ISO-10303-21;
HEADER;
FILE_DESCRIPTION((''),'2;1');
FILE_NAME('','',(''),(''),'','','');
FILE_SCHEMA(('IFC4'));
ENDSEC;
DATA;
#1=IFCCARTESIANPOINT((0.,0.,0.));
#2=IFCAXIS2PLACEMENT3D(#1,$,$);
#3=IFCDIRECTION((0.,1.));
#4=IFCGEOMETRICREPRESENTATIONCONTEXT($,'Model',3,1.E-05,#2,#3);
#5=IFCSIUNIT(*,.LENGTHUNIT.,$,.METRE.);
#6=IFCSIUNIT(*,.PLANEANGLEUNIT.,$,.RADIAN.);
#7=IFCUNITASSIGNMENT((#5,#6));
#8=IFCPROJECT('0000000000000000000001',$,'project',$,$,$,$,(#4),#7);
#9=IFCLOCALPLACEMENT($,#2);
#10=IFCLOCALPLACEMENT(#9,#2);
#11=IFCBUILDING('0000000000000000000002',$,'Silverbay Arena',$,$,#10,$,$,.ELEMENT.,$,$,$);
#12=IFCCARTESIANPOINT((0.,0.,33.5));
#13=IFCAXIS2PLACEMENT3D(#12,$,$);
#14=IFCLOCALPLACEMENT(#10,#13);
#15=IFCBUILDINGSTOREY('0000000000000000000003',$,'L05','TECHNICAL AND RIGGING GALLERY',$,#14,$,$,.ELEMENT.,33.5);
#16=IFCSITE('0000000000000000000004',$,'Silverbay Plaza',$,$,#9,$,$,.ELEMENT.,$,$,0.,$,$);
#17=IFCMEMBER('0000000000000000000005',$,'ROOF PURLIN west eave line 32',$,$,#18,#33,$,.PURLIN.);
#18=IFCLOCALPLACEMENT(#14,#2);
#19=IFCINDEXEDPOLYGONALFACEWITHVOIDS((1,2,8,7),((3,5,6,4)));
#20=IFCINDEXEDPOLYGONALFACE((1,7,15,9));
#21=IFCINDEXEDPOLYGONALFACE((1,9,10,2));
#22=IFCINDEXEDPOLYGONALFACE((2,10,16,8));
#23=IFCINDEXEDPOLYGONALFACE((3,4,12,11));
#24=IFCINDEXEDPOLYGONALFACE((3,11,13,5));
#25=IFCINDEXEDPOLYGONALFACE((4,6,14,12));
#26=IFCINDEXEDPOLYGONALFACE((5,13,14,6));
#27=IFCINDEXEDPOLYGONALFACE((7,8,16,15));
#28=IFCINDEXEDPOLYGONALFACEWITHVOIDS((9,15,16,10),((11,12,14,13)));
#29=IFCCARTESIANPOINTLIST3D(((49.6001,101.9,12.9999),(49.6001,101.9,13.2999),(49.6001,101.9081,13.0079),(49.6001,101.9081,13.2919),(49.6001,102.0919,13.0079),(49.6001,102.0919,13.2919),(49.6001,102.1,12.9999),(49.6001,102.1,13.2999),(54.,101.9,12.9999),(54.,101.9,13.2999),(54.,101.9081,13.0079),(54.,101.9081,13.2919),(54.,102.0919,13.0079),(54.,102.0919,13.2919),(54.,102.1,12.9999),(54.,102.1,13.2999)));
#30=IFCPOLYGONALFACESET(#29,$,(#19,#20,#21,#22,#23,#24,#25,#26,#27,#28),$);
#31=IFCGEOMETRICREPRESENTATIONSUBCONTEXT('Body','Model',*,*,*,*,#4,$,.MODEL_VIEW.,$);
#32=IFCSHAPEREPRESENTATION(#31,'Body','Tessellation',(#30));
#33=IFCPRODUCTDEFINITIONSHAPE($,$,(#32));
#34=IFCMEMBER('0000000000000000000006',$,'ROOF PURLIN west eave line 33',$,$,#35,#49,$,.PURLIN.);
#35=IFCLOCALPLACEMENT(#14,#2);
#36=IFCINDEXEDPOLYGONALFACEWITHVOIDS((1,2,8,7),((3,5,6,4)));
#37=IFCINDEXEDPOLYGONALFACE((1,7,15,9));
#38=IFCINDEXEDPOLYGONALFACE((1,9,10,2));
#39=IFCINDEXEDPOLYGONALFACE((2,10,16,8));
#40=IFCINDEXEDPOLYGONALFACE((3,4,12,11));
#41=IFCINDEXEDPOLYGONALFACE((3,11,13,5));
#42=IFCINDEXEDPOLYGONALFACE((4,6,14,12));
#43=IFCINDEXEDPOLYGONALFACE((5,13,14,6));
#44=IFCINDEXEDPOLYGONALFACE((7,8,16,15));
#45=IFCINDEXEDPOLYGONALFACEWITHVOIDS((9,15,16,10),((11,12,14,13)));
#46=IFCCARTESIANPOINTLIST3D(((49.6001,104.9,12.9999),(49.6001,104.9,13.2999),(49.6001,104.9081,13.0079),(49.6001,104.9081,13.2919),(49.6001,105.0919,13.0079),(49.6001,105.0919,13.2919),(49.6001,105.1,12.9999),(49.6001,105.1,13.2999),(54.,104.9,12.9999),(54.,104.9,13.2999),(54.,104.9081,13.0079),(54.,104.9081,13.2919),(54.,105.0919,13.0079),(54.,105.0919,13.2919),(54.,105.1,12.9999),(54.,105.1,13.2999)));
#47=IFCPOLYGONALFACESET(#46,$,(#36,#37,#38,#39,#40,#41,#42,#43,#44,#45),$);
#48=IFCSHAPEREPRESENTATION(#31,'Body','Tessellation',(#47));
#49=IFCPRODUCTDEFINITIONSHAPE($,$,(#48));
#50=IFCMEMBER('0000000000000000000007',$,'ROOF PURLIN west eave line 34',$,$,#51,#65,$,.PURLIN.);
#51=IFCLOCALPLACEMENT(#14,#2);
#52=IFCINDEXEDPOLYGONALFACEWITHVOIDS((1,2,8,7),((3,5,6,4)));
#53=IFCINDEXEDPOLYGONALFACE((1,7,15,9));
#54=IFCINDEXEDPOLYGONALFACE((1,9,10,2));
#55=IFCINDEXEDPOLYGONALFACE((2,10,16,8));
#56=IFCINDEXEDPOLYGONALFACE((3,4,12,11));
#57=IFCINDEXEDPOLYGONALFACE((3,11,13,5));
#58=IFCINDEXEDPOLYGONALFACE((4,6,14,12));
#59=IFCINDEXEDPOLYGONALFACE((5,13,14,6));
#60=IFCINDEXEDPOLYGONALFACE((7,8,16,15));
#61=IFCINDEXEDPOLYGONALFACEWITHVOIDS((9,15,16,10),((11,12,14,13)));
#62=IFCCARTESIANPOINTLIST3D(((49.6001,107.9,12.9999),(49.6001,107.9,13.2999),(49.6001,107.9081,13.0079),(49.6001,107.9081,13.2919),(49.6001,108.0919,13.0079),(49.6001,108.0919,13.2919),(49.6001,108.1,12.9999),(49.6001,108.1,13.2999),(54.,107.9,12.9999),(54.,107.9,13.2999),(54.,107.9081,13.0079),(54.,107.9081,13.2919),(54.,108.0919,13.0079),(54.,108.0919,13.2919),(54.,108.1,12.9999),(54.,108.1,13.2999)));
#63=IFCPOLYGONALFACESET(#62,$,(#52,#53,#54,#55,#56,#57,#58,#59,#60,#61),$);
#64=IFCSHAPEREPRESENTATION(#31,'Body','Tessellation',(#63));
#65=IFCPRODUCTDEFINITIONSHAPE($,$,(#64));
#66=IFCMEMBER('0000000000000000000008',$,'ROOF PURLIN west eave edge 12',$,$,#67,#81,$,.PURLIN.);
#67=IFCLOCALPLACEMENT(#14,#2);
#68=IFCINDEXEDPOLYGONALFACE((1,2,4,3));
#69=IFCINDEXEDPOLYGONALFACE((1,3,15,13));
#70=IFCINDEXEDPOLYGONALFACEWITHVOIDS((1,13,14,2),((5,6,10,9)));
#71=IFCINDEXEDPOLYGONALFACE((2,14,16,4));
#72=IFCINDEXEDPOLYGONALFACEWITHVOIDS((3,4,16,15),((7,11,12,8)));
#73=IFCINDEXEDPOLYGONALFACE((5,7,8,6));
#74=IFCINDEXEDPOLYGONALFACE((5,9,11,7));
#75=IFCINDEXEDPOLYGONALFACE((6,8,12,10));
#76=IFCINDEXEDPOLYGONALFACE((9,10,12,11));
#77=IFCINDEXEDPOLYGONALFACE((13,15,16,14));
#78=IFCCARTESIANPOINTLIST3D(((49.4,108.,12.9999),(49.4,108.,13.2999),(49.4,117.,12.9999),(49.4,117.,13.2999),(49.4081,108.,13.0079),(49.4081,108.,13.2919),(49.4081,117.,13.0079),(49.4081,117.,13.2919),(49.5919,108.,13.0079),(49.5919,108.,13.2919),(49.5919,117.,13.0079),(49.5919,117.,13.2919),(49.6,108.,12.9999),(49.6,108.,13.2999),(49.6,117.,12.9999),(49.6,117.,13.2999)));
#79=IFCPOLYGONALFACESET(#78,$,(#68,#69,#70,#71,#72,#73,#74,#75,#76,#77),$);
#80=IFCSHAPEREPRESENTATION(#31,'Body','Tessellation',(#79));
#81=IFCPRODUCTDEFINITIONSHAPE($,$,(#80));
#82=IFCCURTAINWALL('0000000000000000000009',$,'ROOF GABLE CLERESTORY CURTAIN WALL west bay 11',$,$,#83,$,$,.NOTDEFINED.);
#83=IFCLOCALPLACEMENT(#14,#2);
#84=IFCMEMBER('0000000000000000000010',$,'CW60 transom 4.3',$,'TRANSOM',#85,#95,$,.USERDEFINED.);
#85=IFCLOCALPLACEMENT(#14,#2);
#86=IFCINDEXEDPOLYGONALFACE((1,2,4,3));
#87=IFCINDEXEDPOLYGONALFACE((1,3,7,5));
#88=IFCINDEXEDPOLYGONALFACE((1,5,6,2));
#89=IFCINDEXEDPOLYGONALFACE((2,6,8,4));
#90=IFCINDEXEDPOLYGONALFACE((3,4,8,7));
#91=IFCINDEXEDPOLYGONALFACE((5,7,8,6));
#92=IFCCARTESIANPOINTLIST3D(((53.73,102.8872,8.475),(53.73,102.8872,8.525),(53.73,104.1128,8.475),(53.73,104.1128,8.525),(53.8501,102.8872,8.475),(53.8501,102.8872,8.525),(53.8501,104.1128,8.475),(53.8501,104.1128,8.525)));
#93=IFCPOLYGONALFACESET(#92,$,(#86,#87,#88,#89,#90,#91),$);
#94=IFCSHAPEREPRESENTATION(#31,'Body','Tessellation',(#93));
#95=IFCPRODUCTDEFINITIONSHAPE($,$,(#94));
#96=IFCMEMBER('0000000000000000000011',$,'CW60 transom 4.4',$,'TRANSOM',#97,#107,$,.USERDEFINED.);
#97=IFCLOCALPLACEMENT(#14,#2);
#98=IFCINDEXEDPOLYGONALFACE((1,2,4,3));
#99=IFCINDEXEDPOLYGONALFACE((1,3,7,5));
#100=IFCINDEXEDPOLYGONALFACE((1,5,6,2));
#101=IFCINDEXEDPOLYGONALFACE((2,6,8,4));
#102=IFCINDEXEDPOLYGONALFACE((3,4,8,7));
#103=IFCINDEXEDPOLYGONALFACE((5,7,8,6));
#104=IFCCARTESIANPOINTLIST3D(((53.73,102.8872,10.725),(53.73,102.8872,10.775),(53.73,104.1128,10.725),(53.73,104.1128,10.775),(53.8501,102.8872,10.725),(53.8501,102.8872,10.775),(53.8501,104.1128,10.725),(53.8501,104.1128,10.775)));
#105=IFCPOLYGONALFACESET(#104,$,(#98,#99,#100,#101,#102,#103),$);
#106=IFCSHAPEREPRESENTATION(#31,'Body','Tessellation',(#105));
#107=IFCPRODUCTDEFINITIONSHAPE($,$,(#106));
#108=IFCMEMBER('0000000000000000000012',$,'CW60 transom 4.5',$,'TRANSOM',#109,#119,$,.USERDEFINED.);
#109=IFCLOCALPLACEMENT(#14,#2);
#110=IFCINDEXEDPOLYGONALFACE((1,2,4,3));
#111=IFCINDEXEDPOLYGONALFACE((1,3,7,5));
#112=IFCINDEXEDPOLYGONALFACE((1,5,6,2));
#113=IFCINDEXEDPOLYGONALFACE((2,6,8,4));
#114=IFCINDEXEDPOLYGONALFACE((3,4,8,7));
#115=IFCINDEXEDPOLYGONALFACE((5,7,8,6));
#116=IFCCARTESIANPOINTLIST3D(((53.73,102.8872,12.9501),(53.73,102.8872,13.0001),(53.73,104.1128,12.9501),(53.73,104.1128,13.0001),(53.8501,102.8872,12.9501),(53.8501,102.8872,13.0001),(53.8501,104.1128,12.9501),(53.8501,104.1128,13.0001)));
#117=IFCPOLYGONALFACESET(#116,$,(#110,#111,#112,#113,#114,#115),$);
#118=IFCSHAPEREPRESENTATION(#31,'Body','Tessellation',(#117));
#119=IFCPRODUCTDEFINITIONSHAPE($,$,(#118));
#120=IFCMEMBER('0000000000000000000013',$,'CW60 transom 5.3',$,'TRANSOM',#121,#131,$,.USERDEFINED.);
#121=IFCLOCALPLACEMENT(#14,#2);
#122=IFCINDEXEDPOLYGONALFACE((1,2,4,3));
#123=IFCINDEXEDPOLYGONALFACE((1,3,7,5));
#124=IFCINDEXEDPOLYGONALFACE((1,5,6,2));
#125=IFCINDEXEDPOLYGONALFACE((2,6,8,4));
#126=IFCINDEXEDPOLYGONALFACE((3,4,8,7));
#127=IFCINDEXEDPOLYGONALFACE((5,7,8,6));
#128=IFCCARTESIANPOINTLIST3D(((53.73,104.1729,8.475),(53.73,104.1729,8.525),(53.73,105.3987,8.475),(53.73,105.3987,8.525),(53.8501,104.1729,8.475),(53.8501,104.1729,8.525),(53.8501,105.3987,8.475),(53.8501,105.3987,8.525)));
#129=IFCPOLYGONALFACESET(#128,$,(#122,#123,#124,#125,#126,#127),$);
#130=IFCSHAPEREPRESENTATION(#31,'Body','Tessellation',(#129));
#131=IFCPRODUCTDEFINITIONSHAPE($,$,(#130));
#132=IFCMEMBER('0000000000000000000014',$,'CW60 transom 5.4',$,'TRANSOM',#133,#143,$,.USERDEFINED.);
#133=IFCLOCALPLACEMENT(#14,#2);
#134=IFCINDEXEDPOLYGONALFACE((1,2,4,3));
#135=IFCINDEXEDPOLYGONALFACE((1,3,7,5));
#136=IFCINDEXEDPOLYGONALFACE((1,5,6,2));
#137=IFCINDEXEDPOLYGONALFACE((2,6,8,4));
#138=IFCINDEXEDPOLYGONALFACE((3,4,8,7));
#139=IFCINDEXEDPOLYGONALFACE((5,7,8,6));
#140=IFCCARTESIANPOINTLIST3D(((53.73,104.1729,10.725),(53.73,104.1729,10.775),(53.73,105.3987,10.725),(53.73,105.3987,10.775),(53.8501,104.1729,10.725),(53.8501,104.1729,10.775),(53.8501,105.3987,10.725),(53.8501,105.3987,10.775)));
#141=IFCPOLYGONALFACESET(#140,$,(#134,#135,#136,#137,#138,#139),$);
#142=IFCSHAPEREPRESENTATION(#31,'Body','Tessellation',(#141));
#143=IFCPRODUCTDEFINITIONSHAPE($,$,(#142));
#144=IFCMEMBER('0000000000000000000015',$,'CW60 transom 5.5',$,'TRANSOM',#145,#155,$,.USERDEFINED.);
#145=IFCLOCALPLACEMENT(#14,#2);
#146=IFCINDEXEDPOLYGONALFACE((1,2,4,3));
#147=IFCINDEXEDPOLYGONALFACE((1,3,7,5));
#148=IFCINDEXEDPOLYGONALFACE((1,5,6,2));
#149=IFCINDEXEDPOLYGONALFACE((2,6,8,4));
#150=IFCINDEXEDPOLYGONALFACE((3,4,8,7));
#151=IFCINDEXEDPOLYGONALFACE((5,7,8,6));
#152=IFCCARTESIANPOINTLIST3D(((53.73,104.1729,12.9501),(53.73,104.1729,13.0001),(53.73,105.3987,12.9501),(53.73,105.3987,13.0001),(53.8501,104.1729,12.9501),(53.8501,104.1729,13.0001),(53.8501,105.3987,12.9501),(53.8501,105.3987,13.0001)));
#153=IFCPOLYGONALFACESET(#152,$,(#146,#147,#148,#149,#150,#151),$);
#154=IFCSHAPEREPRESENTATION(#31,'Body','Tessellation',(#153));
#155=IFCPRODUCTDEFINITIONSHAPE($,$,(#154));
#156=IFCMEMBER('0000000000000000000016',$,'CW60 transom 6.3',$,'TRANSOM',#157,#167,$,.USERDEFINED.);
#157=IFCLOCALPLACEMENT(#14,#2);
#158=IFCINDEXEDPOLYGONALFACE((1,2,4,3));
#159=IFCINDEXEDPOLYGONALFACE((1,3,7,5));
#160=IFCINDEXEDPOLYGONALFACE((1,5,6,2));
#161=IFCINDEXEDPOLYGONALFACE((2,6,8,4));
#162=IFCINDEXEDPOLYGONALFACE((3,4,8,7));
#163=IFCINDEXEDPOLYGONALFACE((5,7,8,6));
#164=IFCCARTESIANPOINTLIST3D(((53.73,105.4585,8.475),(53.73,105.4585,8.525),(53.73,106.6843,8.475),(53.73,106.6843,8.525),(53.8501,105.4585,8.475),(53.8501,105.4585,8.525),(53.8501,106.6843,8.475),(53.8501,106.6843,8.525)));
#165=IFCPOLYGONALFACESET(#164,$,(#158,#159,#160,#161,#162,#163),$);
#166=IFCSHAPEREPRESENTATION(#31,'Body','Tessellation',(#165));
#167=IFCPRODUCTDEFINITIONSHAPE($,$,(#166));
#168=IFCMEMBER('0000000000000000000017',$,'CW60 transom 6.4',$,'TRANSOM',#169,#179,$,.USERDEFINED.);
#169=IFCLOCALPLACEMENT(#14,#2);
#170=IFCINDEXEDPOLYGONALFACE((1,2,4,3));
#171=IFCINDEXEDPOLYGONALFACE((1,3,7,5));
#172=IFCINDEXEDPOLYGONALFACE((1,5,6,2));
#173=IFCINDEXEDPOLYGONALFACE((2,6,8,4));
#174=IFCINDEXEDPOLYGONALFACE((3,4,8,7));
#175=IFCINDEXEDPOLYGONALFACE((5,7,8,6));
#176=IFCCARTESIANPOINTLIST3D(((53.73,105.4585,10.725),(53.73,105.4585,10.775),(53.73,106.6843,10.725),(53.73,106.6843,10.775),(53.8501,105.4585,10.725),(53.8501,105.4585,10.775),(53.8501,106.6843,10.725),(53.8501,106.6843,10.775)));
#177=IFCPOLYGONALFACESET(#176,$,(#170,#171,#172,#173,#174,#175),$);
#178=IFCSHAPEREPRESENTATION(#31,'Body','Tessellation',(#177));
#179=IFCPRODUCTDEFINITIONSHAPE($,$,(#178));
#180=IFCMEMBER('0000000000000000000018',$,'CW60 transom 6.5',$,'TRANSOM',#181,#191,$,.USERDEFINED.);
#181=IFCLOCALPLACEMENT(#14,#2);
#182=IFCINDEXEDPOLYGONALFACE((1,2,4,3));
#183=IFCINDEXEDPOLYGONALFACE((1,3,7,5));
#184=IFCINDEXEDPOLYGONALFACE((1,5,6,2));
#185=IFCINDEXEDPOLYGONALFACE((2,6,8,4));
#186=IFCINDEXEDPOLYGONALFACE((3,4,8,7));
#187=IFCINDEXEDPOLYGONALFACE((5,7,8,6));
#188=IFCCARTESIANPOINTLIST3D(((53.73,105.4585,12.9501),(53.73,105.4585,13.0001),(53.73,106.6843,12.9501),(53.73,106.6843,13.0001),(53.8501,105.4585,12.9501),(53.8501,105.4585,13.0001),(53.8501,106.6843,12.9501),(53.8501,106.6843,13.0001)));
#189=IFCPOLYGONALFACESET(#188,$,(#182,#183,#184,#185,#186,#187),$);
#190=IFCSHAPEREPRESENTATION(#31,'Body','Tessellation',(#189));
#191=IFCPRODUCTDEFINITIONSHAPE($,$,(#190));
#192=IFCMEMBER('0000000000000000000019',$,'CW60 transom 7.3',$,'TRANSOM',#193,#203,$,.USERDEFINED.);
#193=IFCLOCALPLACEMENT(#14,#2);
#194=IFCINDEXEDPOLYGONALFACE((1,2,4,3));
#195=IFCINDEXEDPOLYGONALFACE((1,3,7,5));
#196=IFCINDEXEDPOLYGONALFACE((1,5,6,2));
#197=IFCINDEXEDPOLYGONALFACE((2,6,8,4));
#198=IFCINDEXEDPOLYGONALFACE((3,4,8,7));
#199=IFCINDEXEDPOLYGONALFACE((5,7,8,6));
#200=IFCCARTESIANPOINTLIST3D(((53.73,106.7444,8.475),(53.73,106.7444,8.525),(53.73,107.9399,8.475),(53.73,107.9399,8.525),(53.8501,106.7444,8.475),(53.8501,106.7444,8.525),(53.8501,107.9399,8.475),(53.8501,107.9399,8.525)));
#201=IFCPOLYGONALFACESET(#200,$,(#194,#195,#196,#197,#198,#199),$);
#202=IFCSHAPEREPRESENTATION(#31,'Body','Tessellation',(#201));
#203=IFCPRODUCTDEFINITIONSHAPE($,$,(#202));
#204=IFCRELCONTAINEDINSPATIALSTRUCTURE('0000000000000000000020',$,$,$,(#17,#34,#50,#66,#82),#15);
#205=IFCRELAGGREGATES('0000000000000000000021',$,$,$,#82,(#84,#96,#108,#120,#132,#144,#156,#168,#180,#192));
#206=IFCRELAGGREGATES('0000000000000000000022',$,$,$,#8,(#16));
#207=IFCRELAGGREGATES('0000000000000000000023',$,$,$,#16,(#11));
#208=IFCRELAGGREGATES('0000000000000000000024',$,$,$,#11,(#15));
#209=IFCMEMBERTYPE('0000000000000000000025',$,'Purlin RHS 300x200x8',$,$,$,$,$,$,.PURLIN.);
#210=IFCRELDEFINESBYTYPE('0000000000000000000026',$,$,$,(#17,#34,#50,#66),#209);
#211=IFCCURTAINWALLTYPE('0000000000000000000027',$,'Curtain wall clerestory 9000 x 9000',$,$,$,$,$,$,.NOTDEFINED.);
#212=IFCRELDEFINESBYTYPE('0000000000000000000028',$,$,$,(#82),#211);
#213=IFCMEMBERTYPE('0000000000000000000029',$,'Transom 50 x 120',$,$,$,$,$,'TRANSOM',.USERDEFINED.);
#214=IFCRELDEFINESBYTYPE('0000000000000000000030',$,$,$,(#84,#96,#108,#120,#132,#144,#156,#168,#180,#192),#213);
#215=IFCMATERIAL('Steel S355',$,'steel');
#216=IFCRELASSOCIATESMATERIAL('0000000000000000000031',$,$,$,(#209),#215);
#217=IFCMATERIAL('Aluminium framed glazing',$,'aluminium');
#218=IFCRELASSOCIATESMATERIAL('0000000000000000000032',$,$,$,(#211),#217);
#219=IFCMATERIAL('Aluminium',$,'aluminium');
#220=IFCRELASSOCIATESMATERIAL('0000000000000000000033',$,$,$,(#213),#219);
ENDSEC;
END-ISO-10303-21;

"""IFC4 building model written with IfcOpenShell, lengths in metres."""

from ifc_helpers import new_model, si_unit, direction, frame, origin, origin_2d, place, context, subcontext, project, spatial, rectangle, hollow_rectangle, extrude, material, material_profile, profile_set, type_object, element, aggregate, save


model = new_model("IFC4")

# Units and contexts
model_context = context("Model", 3, precision=1e-05, world=origin(), true_north=direction((0.0, 1.0)))
body_context = subcontext(model_context, "Body", "Model", "MODEL_VIEW")
ifc_project = project(units=[si_unit("LENGTHUNIT", "METRE"), si_unit("PLANEANGLEUNIT", "RADIAN")], contexts=[model_context])

# Site, building, storey
site_placement = place(None, origin())
site = spatial("IfcSite", under=ifc_project, at=site_placement, Name="Silverbay Plaza", CompositionType="ELEMENT", RefElevation=0.0)
building_placement = place(site_placement, origin())
building = spatial("IfcBuilding", under=site, at=building_placement, Name="Silverbay Arena", CompositionType="ELEMENT")
storey_placement = place(building_placement, frame((0.0, 0.0, 33.5)))
storey = spatial("IfcBuildingStorey", under=building, at=storey_placement, Name="L05", Description="TECHNICAL AND RIGGING GALLERY", CompositionType="ELEMENT", Elevation=33.5)

# Members
ifc_material_1 = material(Name="Steel S355", Category="steel")
ifc_material_profile_1 = material_profile(ifc_material_1, hollow_rectangle(XDim=0.2, YDim=0.3, WallThickness=0.0081, at=origin_2d()), Name="RHS 300x200x8")
ifc_profile_set_1 = profile_set([ifc_material_profile_1], Name="Steel S355")
member_type_1 = type_object("IfcMemberType", Name="Purlin RHS 300x200x8", PredefinedType="PURLIN", material=ifc_profile_set_1)
for number, where, z_axis, x_axis, name in (
    (1, (49.6001, 102.0, 13.1499), (1.0, 0.0, 0.0), (0.0, 1.0, 0.0), "ROOF PURLIN west eave line 32"),
    (2, (49.6001, 105.0, 13.1499), (1.0, 0.0, 0.0), (0.0, 1.0, 0.0), "ROOF PURLIN west eave line 33"),
    (3, (49.6001, 108.0, 13.1499), (1.0, 0.0, 0.0), (0.0, 1.0, 0.0), "ROOF PURLIN west eave line 34"),
):
    element("IfcMember", number, at=place(storey_placement, frame(where, z_axis=z_axis, x_axis=x_axis)), inside=storey, type_object=member_type_1, Name=name, PredefinedType="PURLIN", context=body_context, shape_type="SweptSolid", body=[
        extrude(hollow_rectangle(XDim=0.2, YDim=0.3, WallThickness=0.0081, at=origin_2d()), origin(), (0.0, 0.0, 1.0), 4.3999),
    ])
member_1_placement = place(storey_placement, frame((49.5, 108.0, 13.1499), z_axis=(0.0, 1.0, 0.0), x_axis=(-1.0, 0.0, 0.0)))
element("IfcMember", 4, at=member_1_placement, inside=storey, type_object=member_type_1, Name="ROOF PURLIN west eave edge 12", PredefinedType="PURLIN", context=body_context, shape_type="SweptSolid", body=[
    extrude(hollow_rectangle(XDim=0.2, YDim=0.3, WallThickness=0.0081, at=origin_2d()), origin(), (0.0, 0.0, 1.0), 9.0),
])

# Curtain wall, members
ifc_material_2 = material(Name="Aluminium framed glazing", Category="aluminium")
curtain_wall_type = type_object("IfcCurtainWallType", Name="Curtain wall clerestory 9000 x 9000", PredefinedType="NOTDEFINED", material=ifc_material_2)
curtain_wall_1_placement = place(storey_placement, origin())
curtain_wall_1 = element("IfcCurtainWall", 5, at=curtain_wall_1_placement, inside=storey, type_object=curtain_wall_type, Name="ROOF GABLE CLERESTORY CURTAIN WALL west bay 11", PredefinedType="NOTDEFINED")
ifc_material_3 = material(Name="Aluminium", Category="aluminium")
ifc_material_profile_2 = material_profile(ifc_material_3, rectangle(XDim=0.1201, YDim=0.05, at=origin_2d()), Name="Transom 50 x 120")
ifc_profile_set_2 = profile_set([ifc_material_profile_2], Name="Aluminium")
member_type_2 = type_object("IfcMemberType", Name="Transom 50 x 120", ElementType="TRANSOM", PredefinedType="USERDEFINED", material=ifc_profile_set_2)
member_2_placement = place(storey_placement, frame((53.79, 102.8872, 8.5), z_axis=(0.0, 1.0, 0.0), x_axis=(-1.0, 0.0, 0.0)))
member_2 = element("IfcMember", 6, at=member_2_placement, type_object=member_type_2, Name="CW60 transom 4.3", ObjectType="TRANSOM", PredefinedType="USERDEFINED", context=body_context, shape_type="SweptSolid", body=[
    extrude(rectangle(XDim=0.1201, YDim=0.05, at=origin_2d()), origin(), (0.0, 0.0, 1.0), 1.2256),
])
member_3_placement = place(storey_placement, frame((53.79, 102.8872, 10.75), z_axis=(0.0, 1.0, 0.0), x_axis=(-1.0, 0.0, 0.0)))
member_3 = element("IfcMember", 7, at=member_3_placement, type_object=member_type_2, Name="CW60 transom 4.4", ObjectType="TRANSOM", PredefinedType="USERDEFINED", context=body_context, shape_type="SweptSolid", body=[
    extrude(rectangle(XDim=0.1201, YDim=0.05, at=origin_2d()), origin(), (0.0, 0.0, 1.0), 1.2256),
])
member_4_placement = place(storey_placement, frame((53.79, 102.8872, 12.9751), z_axis=(0.0, 1.0, 0.0), x_axis=(-1.0, 0.0, 0.0)))
member_4 = element("IfcMember", 8, at=member_4_placement, type_object=member_type_2, Name="CW60 transom 4.5", ObjectType="TRANSOM", PredefinedType="USERDEFINED", context=body_context, shape_type="SweptSolid", body=[
    extrude(rectangle(XDim=0.1201, YDim=0.05, at=origin_2d()), origin(), (0.0, 0.0, 1.0), 1.2256),
])
member_5_placement = place(storey_placement, frame((53.79, 104.1729, 8.5), z_axis=(0.0, 1.0, 0.0), x_axis=(-1.0, 0.0, 0.0)))
member_5 = element("IfcMember", 9, at=member_5_placement, type_object=member_type_2, Name="CW60 transom 5.3", ObjectType="TRANSOM", PredefinedType="USERDEFINED", context=body_context, shape_type="SweptSolid", body=[
    extrude(rectangle(XDim=0.1201, YDim=0.05, at=origin_2d()), origin(), (0.0, 0.0, 1.0), 1.2258),
])
member_6_placement = place(storey_placement, frame((53.79, 104.1729, 10.75), z_axis=(0.0, 1.0, 0.0), x_axis=(-1.0, 0.0, 0.0)))
member_6 = element("IfcMember", 10, at=member_6_placement, type_object=member_type_2, Name="CW60 transom 5.4", ObjectType="TRANSOM", PredefinedType="USERDEFINED", context=body_context, shape_type="SweptSolid", body=[
    extrude(rectangle(XDim=0.1201, YDim=0.05, at=origin_2d()), origin(), (0.0, 0.0, 1.0), 1.2258),
])
member_7_placement = place(storey_placement, frame((53.79, 104.1729, 12.9751), z_axis=(0.0, 1.0, 0.0), x_axis=(-1.0, 0.0, 0.0)))
member_7 = element("IfcMember", 11, at=member_7_placement, type_object=member_type_2, Name="CW60 transom 5.5", ObjectType="TRANSOM", PredefinedType="USERDEFINED", context=body_context, shape_type="SweptSolid", body=[
    extrude(rectangle(XDim=0.1201, YDim=0.05, at=origin_2d()), origin(), (0.0, 0.0, 1.0), 1.2258),
])
member_8_placement = place(storey_placement, frame((53.79, 105.4585, 8.5), z_axis=(0.0, 1.0, 0.0), x_axis=(-1.0, 0.0, 0.0)))
member_8 = element("IfcMember", 12, at=member_8_placement, type_object=member_type_2, Name="CW60 transom 6.3", ObjectType="TRANSOM", PredefinedType="USERDEFINED", context=body_context, shape_type="SweptSolid", body=[
    extrude(rectangle(XDim=0.1201, YDim=0.05, at=origin_2d()), origin(), (0.0, 0.0, 1.0), 1.2258),
])
member_9_placement = place(storey_placement, frame((53.79, 105.4585, 10.75), z_axis=(0.0, 1.0, 0.0), x_axis=(-1.0, 0.0, 0.0)))
member_9 = element("IfcMember", 13, at=member_9_placement, type_object=member_type_2, Name="CW60 transom 6.4", ObjectType="TRANSOM", PredefinedType="USERDEFINED", context=body_context, shape_type="SweptSolid", body=[
    extrude(rectangle(XDim=0.1201, YDim=0.05, at=origin_2d()), origin(), (0.0, 0.0, 1.0), 1.2258),
])
member_10_placement = place(storey_placement, frame((53.79, 105.4585, 12.9751), z_axis=(0.0, 1.0, 0.0), x_axis=(-1.0, 0.0, 0.0)))
member_10 = element("IfcMember", 14, at=member_10_placement, type_object=member_type_2, Name="CW60 transom 6.5", ObjectType="TRANSOM", PredefinedType="USERDEFINED", context=body_context, shape_type="SweptSolid", body=[
    extrude(rectangle(XDim=0.1201, YDim=0.05, at=origin_2d()), origin(), (0.0, 0.0, 1.0), 1.2258),
])
member_11_placement = place(storey_placement, frame((53.79, 106.7444, 8.5), z_axis=(0.0, 1.0, 0.0), x_axis=(-1.0, 0.0, 0.0)))
member_11 = element("IfcMember", 15, at=member_11_placement, type_object=member_type_2, Name="CW60 transom 7.3", ObjectType="TRANSOM", PredefinedType="USERDEFINED", context=body_context, shape_type="SweptSolid", body=[
    extrude(rectangle(XDim=0.1201, YDim=0.05, at=origin_2d()), origin(), (0.0, 0.0, 1.0), 1.1956),
])

aggregate(curtain_wall_1, [member_2, member_3, member_4, member_5, member_6, member_7, member_8, member_9, member_10, member_11])

save(model, "model.ifc")
